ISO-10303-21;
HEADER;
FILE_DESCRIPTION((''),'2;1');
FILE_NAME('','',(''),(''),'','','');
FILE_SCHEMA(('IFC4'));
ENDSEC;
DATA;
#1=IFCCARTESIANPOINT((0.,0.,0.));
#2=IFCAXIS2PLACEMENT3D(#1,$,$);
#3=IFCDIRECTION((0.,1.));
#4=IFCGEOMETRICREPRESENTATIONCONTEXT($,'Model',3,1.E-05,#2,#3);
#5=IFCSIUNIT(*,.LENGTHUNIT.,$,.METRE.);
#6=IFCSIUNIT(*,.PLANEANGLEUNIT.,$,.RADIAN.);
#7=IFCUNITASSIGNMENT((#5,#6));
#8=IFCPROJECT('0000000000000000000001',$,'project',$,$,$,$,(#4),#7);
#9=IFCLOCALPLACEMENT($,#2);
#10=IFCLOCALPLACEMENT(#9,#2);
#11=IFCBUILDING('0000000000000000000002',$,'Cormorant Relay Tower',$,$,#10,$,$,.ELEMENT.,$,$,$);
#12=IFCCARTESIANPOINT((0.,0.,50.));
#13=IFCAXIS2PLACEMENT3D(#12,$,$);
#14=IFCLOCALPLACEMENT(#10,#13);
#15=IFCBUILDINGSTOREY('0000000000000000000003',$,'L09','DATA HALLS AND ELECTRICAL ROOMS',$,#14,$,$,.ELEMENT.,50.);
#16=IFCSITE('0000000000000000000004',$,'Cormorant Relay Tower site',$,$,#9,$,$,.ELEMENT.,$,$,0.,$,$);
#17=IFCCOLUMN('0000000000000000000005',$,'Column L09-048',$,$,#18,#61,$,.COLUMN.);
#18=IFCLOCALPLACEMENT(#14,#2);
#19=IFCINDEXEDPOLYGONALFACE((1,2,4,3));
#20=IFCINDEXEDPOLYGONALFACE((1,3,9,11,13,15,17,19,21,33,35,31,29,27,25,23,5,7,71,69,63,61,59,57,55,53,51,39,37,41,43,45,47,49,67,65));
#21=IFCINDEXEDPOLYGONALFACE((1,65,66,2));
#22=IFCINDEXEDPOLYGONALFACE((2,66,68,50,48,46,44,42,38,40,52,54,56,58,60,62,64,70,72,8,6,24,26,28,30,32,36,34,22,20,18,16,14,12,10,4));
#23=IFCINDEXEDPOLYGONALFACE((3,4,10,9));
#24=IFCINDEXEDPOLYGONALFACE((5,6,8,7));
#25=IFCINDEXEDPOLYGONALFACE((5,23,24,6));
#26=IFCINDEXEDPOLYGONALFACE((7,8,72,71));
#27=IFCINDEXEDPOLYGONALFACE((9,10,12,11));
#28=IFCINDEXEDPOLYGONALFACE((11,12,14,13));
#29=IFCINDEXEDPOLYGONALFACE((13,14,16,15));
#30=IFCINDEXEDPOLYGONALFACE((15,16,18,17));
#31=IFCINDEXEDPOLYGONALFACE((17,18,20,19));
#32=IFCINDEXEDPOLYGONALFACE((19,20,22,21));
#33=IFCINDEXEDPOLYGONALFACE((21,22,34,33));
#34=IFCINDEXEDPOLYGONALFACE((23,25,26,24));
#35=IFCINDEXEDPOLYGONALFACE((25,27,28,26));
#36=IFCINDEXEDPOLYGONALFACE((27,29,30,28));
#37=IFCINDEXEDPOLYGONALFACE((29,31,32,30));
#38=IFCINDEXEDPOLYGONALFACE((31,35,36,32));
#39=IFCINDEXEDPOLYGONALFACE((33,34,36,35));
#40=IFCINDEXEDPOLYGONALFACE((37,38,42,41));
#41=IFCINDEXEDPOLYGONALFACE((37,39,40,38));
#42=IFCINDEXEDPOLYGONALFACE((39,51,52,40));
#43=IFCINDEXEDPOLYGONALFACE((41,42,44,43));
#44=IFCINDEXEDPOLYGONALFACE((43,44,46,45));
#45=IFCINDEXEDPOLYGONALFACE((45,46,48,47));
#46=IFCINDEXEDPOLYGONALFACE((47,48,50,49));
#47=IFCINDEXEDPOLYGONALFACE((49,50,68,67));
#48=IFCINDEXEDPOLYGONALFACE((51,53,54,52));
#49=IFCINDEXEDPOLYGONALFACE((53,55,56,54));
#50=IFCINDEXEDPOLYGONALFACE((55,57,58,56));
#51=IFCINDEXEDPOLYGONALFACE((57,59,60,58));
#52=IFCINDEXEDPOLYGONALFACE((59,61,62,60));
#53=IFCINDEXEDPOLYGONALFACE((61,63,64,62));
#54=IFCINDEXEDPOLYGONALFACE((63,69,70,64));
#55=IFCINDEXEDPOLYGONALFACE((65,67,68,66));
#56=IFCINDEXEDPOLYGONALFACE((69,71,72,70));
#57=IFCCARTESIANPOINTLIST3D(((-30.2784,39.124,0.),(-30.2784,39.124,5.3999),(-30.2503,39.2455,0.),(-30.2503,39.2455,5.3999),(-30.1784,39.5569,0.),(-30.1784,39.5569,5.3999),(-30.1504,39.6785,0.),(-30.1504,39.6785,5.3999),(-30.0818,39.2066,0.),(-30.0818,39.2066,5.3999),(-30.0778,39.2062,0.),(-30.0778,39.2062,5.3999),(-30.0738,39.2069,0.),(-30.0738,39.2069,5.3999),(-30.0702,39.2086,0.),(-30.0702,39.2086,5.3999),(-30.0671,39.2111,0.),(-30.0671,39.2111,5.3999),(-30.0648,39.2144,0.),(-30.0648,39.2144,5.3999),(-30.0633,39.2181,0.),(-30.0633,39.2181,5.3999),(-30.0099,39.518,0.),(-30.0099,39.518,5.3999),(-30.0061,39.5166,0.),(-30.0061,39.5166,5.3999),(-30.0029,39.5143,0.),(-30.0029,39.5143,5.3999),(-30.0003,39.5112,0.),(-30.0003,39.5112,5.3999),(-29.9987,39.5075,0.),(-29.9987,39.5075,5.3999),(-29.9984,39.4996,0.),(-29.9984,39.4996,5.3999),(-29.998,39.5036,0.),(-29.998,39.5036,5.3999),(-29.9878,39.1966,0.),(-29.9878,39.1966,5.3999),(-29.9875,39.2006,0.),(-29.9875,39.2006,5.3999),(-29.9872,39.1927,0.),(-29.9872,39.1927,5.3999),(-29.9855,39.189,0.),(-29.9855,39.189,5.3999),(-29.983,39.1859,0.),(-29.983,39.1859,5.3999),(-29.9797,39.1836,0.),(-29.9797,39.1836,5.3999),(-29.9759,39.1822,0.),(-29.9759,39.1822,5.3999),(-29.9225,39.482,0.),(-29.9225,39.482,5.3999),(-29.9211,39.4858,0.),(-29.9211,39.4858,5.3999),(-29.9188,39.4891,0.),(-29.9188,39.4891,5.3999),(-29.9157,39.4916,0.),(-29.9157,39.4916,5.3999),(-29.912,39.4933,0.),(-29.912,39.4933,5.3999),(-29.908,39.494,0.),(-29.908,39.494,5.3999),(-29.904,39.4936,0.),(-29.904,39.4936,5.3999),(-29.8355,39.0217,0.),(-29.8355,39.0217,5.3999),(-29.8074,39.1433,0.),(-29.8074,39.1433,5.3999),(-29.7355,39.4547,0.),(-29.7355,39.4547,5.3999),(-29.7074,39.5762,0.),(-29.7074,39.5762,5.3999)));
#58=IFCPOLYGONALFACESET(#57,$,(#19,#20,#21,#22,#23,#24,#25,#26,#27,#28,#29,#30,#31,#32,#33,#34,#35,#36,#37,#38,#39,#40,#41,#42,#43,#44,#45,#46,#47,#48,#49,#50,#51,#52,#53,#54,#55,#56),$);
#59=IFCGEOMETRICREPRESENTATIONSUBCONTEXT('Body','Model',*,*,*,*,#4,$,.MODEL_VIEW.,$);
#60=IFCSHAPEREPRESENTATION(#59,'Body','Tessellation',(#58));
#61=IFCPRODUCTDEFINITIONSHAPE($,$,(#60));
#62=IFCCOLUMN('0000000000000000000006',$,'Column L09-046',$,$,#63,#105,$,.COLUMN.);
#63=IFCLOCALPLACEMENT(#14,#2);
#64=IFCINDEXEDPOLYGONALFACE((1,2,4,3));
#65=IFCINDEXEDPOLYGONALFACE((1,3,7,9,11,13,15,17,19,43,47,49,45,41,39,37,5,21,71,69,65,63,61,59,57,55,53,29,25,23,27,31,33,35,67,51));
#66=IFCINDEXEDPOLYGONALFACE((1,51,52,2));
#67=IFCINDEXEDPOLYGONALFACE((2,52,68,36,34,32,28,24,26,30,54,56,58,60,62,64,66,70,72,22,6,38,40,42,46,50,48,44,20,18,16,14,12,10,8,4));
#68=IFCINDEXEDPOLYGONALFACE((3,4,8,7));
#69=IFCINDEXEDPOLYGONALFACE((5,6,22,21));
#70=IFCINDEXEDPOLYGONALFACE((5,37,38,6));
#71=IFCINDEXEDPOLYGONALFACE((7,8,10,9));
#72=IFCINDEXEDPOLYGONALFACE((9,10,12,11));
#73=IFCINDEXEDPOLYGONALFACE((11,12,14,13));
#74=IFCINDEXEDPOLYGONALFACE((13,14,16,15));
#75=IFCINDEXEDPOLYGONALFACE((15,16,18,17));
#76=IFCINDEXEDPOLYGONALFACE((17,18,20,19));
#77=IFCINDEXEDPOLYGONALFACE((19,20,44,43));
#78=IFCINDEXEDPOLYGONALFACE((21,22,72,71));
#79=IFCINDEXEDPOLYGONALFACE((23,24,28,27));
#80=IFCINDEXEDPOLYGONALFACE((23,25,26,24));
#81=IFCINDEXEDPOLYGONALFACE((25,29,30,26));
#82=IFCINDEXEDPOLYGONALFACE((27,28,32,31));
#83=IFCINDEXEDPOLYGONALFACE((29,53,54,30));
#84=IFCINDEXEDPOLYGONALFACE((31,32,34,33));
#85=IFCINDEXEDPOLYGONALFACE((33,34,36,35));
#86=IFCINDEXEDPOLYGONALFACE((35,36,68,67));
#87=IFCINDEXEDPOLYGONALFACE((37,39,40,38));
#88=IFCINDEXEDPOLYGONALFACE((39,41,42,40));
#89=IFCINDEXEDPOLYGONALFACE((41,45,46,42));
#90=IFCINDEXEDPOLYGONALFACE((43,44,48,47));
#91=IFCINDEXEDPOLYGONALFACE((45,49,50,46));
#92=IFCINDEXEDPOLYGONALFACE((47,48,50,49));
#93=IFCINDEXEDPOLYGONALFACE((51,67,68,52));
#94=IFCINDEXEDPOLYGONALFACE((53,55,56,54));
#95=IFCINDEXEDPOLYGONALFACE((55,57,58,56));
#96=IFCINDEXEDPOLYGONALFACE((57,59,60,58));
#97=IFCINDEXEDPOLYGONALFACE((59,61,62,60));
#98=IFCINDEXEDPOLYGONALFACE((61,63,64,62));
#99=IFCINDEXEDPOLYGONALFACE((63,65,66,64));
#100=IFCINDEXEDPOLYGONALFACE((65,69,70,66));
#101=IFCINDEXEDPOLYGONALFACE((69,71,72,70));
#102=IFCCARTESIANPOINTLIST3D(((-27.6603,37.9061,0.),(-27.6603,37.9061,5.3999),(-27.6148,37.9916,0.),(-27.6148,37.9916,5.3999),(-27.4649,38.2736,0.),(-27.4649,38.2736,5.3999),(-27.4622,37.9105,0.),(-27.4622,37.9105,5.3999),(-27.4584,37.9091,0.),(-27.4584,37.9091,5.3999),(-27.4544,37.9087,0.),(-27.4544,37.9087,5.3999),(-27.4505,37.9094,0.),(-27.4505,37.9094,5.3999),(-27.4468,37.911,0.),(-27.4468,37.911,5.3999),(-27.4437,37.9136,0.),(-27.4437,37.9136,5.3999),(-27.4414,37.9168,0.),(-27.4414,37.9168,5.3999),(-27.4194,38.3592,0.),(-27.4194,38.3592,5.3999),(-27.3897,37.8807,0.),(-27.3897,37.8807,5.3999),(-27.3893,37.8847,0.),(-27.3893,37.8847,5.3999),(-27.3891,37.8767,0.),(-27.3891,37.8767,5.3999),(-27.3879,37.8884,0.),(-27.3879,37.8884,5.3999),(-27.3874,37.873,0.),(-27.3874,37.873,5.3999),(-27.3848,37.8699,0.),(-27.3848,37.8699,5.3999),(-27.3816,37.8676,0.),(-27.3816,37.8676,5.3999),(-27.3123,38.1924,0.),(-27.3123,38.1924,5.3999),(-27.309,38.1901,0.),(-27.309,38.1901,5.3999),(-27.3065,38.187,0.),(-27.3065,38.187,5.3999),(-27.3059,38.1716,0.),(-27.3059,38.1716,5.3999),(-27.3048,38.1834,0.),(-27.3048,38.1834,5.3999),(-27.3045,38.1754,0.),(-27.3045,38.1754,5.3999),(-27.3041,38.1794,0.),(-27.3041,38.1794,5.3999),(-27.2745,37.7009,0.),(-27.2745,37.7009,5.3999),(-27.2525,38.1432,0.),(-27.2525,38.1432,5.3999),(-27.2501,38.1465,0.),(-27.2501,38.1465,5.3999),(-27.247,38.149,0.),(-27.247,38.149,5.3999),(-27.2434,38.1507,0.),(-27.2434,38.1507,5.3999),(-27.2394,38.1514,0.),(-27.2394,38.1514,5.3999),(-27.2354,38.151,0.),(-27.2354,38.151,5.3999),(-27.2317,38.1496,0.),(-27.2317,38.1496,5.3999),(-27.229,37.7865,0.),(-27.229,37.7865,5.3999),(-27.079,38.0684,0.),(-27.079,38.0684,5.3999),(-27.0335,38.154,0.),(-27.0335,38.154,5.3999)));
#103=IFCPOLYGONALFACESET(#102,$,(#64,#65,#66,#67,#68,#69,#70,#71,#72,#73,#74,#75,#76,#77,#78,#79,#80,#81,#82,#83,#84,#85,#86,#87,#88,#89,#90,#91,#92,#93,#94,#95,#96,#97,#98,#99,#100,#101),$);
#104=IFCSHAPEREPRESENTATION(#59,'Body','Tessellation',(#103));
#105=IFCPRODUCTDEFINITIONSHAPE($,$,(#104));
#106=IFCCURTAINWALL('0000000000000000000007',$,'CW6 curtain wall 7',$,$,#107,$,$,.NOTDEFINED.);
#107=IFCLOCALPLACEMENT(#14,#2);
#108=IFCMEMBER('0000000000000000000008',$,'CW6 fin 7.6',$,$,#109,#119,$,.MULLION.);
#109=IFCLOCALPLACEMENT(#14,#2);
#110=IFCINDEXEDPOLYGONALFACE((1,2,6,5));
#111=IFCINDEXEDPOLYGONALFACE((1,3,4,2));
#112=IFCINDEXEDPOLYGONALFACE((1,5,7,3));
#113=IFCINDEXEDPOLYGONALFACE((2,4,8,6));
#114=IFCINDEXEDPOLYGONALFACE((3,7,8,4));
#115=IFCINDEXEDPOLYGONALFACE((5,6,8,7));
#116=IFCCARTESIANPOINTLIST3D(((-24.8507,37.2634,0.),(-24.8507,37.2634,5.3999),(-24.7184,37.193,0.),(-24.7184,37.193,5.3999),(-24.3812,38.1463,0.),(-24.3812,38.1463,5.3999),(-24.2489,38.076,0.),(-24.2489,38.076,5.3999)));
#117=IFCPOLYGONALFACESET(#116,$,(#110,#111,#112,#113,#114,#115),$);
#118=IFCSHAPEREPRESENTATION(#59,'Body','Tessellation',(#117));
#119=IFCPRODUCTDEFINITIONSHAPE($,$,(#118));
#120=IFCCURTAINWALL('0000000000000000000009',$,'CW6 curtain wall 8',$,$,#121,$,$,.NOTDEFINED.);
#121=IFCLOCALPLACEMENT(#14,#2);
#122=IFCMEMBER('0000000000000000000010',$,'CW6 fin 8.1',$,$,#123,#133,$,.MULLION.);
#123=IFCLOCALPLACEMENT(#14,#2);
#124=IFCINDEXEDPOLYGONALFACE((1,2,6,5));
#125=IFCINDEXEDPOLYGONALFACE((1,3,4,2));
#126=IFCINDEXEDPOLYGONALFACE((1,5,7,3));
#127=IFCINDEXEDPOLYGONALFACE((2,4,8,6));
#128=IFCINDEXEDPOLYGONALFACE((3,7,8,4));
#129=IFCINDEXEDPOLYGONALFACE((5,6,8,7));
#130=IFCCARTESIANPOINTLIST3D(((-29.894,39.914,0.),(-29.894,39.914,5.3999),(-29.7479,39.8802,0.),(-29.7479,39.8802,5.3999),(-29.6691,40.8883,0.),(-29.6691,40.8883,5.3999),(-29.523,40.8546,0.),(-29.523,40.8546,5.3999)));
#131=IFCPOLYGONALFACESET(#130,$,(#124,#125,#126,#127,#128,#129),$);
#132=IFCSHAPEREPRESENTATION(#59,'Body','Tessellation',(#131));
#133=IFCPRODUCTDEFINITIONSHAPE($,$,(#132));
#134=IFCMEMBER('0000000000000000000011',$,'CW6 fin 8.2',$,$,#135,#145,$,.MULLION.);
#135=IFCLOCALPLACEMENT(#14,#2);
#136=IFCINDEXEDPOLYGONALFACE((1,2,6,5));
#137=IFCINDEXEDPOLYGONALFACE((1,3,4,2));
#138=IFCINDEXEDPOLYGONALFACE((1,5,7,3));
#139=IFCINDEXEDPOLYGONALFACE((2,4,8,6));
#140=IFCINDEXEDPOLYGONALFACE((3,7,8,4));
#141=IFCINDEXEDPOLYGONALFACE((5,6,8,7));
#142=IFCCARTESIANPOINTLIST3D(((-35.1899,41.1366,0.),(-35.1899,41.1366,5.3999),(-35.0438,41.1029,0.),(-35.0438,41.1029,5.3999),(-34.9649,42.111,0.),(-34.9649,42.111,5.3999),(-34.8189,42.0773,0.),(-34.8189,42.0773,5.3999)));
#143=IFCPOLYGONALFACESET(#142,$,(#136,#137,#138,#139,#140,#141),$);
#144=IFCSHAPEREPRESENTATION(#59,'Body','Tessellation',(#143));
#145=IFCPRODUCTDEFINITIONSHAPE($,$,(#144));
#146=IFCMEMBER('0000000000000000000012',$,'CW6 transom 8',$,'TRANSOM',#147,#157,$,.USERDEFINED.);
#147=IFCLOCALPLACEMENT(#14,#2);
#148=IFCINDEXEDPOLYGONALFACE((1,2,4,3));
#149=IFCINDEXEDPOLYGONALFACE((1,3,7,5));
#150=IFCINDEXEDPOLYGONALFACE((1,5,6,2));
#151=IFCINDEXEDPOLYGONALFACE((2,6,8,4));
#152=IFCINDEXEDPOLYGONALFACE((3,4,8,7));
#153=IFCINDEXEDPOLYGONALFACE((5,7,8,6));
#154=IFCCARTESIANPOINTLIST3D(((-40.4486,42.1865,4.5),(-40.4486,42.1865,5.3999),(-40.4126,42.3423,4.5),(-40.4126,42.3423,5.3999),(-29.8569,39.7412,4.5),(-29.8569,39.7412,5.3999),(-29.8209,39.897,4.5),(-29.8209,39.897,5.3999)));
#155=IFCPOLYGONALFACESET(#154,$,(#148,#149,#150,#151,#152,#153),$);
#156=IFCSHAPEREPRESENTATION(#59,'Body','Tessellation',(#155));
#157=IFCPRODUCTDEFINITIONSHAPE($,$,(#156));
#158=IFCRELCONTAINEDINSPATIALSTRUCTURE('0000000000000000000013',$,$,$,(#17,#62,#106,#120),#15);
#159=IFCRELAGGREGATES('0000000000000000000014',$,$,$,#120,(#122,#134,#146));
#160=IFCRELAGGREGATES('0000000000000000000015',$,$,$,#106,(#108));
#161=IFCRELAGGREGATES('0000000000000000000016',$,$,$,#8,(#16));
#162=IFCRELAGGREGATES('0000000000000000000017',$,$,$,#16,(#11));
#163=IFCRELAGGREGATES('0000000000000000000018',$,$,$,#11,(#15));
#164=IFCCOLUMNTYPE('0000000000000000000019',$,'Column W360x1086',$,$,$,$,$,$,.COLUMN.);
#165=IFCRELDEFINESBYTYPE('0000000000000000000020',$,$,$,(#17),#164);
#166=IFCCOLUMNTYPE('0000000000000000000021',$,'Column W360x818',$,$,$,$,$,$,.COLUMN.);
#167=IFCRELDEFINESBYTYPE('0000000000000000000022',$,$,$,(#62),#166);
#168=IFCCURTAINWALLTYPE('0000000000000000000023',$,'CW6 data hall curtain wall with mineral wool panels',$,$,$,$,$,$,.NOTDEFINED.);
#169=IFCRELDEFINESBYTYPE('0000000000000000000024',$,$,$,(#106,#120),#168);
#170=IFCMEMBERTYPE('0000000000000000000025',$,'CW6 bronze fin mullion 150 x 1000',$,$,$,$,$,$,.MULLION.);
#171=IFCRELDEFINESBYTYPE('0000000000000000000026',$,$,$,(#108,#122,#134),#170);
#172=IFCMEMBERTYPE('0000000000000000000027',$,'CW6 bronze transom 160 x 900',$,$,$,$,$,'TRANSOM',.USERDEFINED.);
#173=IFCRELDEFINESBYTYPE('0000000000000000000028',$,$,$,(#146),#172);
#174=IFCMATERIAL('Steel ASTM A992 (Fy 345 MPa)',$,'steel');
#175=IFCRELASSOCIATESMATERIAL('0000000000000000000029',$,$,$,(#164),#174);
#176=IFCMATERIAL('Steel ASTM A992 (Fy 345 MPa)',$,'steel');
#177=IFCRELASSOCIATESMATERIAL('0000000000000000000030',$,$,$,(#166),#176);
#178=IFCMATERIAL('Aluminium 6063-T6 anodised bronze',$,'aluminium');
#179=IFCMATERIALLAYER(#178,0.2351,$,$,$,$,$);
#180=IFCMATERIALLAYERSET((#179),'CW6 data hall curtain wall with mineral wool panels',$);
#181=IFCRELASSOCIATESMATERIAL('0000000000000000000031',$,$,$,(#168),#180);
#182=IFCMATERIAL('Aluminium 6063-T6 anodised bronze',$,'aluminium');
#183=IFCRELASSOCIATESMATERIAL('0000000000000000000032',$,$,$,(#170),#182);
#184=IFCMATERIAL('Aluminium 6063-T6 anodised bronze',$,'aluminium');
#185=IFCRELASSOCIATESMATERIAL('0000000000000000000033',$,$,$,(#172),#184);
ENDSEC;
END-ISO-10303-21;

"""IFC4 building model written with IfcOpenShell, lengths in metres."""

from ifc_helpers import new_model, si_unit, direction, frame, origin, origin_2d, place, context, subcontext, project, spatial, rectangle, i_section, extrude, material, layer, layer_set, material_profile, profile_set, type_object, element, aggregate, save


model = new_model("IFC4")

# Units and contexts
model_context = context("Model", 3, precision=1e-05, world=origin(), true_north=direction((0.0, 1.0)))
body_context = subcontext(model_context, "Body", "Model", "MODEL_VIEW")
ifc_project = project(units=[si_unit("LENGTHUNIT", "METRE"), si_unit("PLANEANGLEUNIT", "RADIAN")], contexts=[model_context])

# Site, building, storey
site_placement = place(None, origin())
site = spatial("IfcSite", under=ifc_project, at=site_placement, Name="Cormorant Relay Tower site", CompositionType="ELEMENT", RefElevation=0.0)
building_placement = place(site_placement, origin())
building = spatial("IfcBuilding", under=site, at=building_placement, Name="Cormorant Relay Tower", CompositionType="ELEMENT")
storey_placement = place(building_placement, frame((0.0, 0.0, 50.0)))
storey = spatial("IfcBuildingStorey", under=building, at=storey_placement, Name="L09", Description="DATA HALLS AND ELECTRICAL ROOMS", CompositionType="ELEMENT", Elevation=50.0)

# Columns
ifc_material_1 = material(Name="Steel ASTM A992 (Fy 345 MPa)", Category="steel")
ifc_material_profile_1 = material_profile(ifc_material_1, i_section(OverallWidth=0.4546, OverallDepth=0.5691, WebThickness=0.0779, FlangeThickness=0.1248, FilletRadius=0.0154, at=origin_2d()), Name="W360x1086")
ifc_profile_set_1 = profile_set([ifc_material_profile_1], Name="Steel ASTM A992 (Fy 345 MPa)")
column_type_1 = type_object("IfcColumnType", Name="Column W360x1086", PredefinedType="COLUMN", material=ifc_profile_set_1)
column_1_placement = place(storey_placement, frame((-29.9929, 39.3501, 0.0), z_axis=(0.0, 0.0, 1.0), x_axis=(-0.97437, 0.224951, 0.0)))
element("IfcColumn", 1, at=column_1_placement, inside=storey, type_object=column_type_1, Name="Column L09-048", PredefinedType="COLUMN", context=body_context, shape_type="SweptSolid", body=[
    extrude(i_section(OverallWidth=0.4546, OverallDepth=0.5691, WebThickness=0.0779, FlangeThickness=0.1248, FilletRadius=0.0154, at=origin_2d()), origin(), (0.0, 0.0, 1.0), 5.3999),
])
ifc_material_2 = material(Name="Steel ASTM A992 (Fy 345 MPa)", Category="steel")
ifc_material_profile_2 = material_profile(ifc_material_2, i_section(OverallWidth=0.437, OverallDepth=0.5132, WebThickness=0.0605, FlangeThickness=0.0969, FilletRadius=0.0154, at=origin_2d()), Name="W360x818")
ifc_profile_set_2 = profile_set([ifc_material_profile_2], Name="Steel ASTM A992 (Fy 345 MPa)")
column_type_2 = type_object("IfcColumnType", Name="Column W360x818", PredefinedType="COLUMN", material=ifc_profile_set_2)
column_2_placement = place(storey_placement, frame((-27.3469, 38.03, 0.0), z_axis=(0.0, 0.0, 1.0), x_axis=(-0.882948, 0.469472, 0.0)))
element("IfcColumn", 2, at=column_2_placement, inside=storey, type_object=column_type_2, Name="Column L09-046", PredefinedType="COLUMN", context=body_context, shape_type="SweptSolid", body=[
    extrude(i_section(OverallWidth=0.437, OverallDepth=0.5132, WebThickness=0.0605, FlangeThickness=0.0969, FilletRadius=0.0154, at=origin_2d()), origin(), (0.0, 0.0, 1.0), 5.3999),
])

# Curtain wall, member
ifc_material_3 = material(Name="Aluminium 6063-T6 anodised bronze", Category="aluminium")
ifc_layer_1 = layer(ifc_material_3, 0.2351)
ifc_layer_set_1 = layer_set([ifc_layer_1], Name="CW6 data hall curtain wall with mineral wool panels")
curtain_wall_type = type_object("IfcCurtainWallType", Name="CW6 data hall curtain wall with mineral wool panels", PredefinedType="NOTDEFINED", material=ifc_layer_set_1)
curtain_wall_1_placement = place(storey_placement, origin())
curtain_wall_1 = element("IfcCurtainWall", 3, at=curtain_wall_1_placement, inside=storey, type_object=curtain_wall_type, Name="CW6 curtain wall 7", PredefinedType="NOTDEFINED")
ifc_material_4 = material(Name="Aluminium 6063-T6 anodised bronze", Category="aluminium")
ifc_material_profile_3 = material_profile(ifc_material_4, rectangle(XDim=0.1499, YDim=1.0, at=origin_2d()), Name="AL 150x1000")
ifc_profile_set_3 = profile_set([ifc_material_profile_3], Name="Aluminium 6063-T6 anodised bronze")
member_type_1 = type_object("IfcMemberType", Name="CW6 bronze fin mullion 150 x 1000", PredefinedType="MULLION", material=ifc_profile_set_3)
member_1_placement = place(storey_placement, frame((-24.5498, 37.6697, 0.0), z_axis=(0.0, 0.0, 1.0), x_axis=(-0.882948, 0.469472, 0.0)))
member_1 = element("IfcMember", 4, at=member_1_placement, type_object=member_type_1, Name="CW6 fin 7.6", PredefinedType="MULLION", context=body_context, shape_type="SweptSolid", body=[
    extrude(rectangle(XDim=0.1499, YDim=1.0, at=origin_2d()), origin(), (0.0, 0.0, 1.0), 5.3999),
])

# Curtain wall, members
curtain_wall_2_placement = place(storey_placement, origin())
curtain_wall_2 = element("IfcCurtainWall", 5, at=curtain_wall_2_placement, inside=storey, type_object=curtain_wall_type, Name="CW6 curtain wall 8", PredefinedType="NOTDEFINED")
member_2_placement = place(storey_placement, frame((-29.7085, 40.3843, 0.0), z_axis=(0.0, 0.0, 1.0), x_axis=(-0.97437, 0.224951, 0.0)))
member_2 = element("IfcMember", 6, at=member_2_placement, type_object=member_type_1, Name="CW6 fin 8.1", PredefinedType="MULLION", context=body_context, shape_type="SweptSolid", body=[
    extrude(rectangle(XDim=0.1499, YDim=1.0, at=origin_2d()), origin(), (0.0, 0.0, 1.0), 5.3999),
])
member_3_placement = place(storey_placement, frame((-35.0044, 41.6069, 0.0), z_axis=(0.0, 0.0, 1.0), x_axis=(-0.97437, 0.224951, 0.0)))
member_3 = element("IfcMember", 7, at=member_3_placement, type_object=member_type_1, Name="CW6 fin 8.2", PredefinedType="MULLION", context=body_context, shape_type="SweptSolid", body=[
    extrude(rectangle(XDim=0.1499, YDim=1.0, at=origin_2d()), origin(), (0.0, 0.0, 1.0), 5.3999),
])
ifc_material_5 = material(Name="Aluminium 6063-T6 anodised bronze", Category="aluminium")
ifc_material_profile_4 = material_profile(ifc_material_5, rectangle(XDim=0.1599, YDim=0.8999, at=origin_2d()), Name="AL 160x900")
ifc_profile_set_4 = profile_set([ifc_material_profile_4], Name="Aluminium 6063-T6 anodised bronze")
member_type_2 = type_object("IfcMemberType", Name="CW6 bronze transom 160 x 900", ElementType="TRANSOM", PredefinedType="USERDEFINED", material=ifc_profile_set_4)
member_4_placement = place(storey_placement, frame((-29.8389, 39.8191, 4.95), z_axis=(-0.97437, 0.224951, 0.0), x_axis=(-0.224951, -0.97437, 0.0)))
member_4 = element("IfcMember", 8, at=member_4_placement, type_object=member_type_2, Name="CW6 transom 8", ObjectType="TRANSOM", PredefinedType="USERDEFINED", context=body_context, shape_type="SweptSolid", body=[
    extrude(rectangle(XDim=0.1599, YDim=0.8999, at=origin_2d()), origin(), (0.0, 0.0, 1.0), 10.8704),
])
aggregate(curtain_wall_2, [member_2, member_3, member_4])

aggregate(curtain_wall_1, [member_1])

save(model, "model.ifc")
